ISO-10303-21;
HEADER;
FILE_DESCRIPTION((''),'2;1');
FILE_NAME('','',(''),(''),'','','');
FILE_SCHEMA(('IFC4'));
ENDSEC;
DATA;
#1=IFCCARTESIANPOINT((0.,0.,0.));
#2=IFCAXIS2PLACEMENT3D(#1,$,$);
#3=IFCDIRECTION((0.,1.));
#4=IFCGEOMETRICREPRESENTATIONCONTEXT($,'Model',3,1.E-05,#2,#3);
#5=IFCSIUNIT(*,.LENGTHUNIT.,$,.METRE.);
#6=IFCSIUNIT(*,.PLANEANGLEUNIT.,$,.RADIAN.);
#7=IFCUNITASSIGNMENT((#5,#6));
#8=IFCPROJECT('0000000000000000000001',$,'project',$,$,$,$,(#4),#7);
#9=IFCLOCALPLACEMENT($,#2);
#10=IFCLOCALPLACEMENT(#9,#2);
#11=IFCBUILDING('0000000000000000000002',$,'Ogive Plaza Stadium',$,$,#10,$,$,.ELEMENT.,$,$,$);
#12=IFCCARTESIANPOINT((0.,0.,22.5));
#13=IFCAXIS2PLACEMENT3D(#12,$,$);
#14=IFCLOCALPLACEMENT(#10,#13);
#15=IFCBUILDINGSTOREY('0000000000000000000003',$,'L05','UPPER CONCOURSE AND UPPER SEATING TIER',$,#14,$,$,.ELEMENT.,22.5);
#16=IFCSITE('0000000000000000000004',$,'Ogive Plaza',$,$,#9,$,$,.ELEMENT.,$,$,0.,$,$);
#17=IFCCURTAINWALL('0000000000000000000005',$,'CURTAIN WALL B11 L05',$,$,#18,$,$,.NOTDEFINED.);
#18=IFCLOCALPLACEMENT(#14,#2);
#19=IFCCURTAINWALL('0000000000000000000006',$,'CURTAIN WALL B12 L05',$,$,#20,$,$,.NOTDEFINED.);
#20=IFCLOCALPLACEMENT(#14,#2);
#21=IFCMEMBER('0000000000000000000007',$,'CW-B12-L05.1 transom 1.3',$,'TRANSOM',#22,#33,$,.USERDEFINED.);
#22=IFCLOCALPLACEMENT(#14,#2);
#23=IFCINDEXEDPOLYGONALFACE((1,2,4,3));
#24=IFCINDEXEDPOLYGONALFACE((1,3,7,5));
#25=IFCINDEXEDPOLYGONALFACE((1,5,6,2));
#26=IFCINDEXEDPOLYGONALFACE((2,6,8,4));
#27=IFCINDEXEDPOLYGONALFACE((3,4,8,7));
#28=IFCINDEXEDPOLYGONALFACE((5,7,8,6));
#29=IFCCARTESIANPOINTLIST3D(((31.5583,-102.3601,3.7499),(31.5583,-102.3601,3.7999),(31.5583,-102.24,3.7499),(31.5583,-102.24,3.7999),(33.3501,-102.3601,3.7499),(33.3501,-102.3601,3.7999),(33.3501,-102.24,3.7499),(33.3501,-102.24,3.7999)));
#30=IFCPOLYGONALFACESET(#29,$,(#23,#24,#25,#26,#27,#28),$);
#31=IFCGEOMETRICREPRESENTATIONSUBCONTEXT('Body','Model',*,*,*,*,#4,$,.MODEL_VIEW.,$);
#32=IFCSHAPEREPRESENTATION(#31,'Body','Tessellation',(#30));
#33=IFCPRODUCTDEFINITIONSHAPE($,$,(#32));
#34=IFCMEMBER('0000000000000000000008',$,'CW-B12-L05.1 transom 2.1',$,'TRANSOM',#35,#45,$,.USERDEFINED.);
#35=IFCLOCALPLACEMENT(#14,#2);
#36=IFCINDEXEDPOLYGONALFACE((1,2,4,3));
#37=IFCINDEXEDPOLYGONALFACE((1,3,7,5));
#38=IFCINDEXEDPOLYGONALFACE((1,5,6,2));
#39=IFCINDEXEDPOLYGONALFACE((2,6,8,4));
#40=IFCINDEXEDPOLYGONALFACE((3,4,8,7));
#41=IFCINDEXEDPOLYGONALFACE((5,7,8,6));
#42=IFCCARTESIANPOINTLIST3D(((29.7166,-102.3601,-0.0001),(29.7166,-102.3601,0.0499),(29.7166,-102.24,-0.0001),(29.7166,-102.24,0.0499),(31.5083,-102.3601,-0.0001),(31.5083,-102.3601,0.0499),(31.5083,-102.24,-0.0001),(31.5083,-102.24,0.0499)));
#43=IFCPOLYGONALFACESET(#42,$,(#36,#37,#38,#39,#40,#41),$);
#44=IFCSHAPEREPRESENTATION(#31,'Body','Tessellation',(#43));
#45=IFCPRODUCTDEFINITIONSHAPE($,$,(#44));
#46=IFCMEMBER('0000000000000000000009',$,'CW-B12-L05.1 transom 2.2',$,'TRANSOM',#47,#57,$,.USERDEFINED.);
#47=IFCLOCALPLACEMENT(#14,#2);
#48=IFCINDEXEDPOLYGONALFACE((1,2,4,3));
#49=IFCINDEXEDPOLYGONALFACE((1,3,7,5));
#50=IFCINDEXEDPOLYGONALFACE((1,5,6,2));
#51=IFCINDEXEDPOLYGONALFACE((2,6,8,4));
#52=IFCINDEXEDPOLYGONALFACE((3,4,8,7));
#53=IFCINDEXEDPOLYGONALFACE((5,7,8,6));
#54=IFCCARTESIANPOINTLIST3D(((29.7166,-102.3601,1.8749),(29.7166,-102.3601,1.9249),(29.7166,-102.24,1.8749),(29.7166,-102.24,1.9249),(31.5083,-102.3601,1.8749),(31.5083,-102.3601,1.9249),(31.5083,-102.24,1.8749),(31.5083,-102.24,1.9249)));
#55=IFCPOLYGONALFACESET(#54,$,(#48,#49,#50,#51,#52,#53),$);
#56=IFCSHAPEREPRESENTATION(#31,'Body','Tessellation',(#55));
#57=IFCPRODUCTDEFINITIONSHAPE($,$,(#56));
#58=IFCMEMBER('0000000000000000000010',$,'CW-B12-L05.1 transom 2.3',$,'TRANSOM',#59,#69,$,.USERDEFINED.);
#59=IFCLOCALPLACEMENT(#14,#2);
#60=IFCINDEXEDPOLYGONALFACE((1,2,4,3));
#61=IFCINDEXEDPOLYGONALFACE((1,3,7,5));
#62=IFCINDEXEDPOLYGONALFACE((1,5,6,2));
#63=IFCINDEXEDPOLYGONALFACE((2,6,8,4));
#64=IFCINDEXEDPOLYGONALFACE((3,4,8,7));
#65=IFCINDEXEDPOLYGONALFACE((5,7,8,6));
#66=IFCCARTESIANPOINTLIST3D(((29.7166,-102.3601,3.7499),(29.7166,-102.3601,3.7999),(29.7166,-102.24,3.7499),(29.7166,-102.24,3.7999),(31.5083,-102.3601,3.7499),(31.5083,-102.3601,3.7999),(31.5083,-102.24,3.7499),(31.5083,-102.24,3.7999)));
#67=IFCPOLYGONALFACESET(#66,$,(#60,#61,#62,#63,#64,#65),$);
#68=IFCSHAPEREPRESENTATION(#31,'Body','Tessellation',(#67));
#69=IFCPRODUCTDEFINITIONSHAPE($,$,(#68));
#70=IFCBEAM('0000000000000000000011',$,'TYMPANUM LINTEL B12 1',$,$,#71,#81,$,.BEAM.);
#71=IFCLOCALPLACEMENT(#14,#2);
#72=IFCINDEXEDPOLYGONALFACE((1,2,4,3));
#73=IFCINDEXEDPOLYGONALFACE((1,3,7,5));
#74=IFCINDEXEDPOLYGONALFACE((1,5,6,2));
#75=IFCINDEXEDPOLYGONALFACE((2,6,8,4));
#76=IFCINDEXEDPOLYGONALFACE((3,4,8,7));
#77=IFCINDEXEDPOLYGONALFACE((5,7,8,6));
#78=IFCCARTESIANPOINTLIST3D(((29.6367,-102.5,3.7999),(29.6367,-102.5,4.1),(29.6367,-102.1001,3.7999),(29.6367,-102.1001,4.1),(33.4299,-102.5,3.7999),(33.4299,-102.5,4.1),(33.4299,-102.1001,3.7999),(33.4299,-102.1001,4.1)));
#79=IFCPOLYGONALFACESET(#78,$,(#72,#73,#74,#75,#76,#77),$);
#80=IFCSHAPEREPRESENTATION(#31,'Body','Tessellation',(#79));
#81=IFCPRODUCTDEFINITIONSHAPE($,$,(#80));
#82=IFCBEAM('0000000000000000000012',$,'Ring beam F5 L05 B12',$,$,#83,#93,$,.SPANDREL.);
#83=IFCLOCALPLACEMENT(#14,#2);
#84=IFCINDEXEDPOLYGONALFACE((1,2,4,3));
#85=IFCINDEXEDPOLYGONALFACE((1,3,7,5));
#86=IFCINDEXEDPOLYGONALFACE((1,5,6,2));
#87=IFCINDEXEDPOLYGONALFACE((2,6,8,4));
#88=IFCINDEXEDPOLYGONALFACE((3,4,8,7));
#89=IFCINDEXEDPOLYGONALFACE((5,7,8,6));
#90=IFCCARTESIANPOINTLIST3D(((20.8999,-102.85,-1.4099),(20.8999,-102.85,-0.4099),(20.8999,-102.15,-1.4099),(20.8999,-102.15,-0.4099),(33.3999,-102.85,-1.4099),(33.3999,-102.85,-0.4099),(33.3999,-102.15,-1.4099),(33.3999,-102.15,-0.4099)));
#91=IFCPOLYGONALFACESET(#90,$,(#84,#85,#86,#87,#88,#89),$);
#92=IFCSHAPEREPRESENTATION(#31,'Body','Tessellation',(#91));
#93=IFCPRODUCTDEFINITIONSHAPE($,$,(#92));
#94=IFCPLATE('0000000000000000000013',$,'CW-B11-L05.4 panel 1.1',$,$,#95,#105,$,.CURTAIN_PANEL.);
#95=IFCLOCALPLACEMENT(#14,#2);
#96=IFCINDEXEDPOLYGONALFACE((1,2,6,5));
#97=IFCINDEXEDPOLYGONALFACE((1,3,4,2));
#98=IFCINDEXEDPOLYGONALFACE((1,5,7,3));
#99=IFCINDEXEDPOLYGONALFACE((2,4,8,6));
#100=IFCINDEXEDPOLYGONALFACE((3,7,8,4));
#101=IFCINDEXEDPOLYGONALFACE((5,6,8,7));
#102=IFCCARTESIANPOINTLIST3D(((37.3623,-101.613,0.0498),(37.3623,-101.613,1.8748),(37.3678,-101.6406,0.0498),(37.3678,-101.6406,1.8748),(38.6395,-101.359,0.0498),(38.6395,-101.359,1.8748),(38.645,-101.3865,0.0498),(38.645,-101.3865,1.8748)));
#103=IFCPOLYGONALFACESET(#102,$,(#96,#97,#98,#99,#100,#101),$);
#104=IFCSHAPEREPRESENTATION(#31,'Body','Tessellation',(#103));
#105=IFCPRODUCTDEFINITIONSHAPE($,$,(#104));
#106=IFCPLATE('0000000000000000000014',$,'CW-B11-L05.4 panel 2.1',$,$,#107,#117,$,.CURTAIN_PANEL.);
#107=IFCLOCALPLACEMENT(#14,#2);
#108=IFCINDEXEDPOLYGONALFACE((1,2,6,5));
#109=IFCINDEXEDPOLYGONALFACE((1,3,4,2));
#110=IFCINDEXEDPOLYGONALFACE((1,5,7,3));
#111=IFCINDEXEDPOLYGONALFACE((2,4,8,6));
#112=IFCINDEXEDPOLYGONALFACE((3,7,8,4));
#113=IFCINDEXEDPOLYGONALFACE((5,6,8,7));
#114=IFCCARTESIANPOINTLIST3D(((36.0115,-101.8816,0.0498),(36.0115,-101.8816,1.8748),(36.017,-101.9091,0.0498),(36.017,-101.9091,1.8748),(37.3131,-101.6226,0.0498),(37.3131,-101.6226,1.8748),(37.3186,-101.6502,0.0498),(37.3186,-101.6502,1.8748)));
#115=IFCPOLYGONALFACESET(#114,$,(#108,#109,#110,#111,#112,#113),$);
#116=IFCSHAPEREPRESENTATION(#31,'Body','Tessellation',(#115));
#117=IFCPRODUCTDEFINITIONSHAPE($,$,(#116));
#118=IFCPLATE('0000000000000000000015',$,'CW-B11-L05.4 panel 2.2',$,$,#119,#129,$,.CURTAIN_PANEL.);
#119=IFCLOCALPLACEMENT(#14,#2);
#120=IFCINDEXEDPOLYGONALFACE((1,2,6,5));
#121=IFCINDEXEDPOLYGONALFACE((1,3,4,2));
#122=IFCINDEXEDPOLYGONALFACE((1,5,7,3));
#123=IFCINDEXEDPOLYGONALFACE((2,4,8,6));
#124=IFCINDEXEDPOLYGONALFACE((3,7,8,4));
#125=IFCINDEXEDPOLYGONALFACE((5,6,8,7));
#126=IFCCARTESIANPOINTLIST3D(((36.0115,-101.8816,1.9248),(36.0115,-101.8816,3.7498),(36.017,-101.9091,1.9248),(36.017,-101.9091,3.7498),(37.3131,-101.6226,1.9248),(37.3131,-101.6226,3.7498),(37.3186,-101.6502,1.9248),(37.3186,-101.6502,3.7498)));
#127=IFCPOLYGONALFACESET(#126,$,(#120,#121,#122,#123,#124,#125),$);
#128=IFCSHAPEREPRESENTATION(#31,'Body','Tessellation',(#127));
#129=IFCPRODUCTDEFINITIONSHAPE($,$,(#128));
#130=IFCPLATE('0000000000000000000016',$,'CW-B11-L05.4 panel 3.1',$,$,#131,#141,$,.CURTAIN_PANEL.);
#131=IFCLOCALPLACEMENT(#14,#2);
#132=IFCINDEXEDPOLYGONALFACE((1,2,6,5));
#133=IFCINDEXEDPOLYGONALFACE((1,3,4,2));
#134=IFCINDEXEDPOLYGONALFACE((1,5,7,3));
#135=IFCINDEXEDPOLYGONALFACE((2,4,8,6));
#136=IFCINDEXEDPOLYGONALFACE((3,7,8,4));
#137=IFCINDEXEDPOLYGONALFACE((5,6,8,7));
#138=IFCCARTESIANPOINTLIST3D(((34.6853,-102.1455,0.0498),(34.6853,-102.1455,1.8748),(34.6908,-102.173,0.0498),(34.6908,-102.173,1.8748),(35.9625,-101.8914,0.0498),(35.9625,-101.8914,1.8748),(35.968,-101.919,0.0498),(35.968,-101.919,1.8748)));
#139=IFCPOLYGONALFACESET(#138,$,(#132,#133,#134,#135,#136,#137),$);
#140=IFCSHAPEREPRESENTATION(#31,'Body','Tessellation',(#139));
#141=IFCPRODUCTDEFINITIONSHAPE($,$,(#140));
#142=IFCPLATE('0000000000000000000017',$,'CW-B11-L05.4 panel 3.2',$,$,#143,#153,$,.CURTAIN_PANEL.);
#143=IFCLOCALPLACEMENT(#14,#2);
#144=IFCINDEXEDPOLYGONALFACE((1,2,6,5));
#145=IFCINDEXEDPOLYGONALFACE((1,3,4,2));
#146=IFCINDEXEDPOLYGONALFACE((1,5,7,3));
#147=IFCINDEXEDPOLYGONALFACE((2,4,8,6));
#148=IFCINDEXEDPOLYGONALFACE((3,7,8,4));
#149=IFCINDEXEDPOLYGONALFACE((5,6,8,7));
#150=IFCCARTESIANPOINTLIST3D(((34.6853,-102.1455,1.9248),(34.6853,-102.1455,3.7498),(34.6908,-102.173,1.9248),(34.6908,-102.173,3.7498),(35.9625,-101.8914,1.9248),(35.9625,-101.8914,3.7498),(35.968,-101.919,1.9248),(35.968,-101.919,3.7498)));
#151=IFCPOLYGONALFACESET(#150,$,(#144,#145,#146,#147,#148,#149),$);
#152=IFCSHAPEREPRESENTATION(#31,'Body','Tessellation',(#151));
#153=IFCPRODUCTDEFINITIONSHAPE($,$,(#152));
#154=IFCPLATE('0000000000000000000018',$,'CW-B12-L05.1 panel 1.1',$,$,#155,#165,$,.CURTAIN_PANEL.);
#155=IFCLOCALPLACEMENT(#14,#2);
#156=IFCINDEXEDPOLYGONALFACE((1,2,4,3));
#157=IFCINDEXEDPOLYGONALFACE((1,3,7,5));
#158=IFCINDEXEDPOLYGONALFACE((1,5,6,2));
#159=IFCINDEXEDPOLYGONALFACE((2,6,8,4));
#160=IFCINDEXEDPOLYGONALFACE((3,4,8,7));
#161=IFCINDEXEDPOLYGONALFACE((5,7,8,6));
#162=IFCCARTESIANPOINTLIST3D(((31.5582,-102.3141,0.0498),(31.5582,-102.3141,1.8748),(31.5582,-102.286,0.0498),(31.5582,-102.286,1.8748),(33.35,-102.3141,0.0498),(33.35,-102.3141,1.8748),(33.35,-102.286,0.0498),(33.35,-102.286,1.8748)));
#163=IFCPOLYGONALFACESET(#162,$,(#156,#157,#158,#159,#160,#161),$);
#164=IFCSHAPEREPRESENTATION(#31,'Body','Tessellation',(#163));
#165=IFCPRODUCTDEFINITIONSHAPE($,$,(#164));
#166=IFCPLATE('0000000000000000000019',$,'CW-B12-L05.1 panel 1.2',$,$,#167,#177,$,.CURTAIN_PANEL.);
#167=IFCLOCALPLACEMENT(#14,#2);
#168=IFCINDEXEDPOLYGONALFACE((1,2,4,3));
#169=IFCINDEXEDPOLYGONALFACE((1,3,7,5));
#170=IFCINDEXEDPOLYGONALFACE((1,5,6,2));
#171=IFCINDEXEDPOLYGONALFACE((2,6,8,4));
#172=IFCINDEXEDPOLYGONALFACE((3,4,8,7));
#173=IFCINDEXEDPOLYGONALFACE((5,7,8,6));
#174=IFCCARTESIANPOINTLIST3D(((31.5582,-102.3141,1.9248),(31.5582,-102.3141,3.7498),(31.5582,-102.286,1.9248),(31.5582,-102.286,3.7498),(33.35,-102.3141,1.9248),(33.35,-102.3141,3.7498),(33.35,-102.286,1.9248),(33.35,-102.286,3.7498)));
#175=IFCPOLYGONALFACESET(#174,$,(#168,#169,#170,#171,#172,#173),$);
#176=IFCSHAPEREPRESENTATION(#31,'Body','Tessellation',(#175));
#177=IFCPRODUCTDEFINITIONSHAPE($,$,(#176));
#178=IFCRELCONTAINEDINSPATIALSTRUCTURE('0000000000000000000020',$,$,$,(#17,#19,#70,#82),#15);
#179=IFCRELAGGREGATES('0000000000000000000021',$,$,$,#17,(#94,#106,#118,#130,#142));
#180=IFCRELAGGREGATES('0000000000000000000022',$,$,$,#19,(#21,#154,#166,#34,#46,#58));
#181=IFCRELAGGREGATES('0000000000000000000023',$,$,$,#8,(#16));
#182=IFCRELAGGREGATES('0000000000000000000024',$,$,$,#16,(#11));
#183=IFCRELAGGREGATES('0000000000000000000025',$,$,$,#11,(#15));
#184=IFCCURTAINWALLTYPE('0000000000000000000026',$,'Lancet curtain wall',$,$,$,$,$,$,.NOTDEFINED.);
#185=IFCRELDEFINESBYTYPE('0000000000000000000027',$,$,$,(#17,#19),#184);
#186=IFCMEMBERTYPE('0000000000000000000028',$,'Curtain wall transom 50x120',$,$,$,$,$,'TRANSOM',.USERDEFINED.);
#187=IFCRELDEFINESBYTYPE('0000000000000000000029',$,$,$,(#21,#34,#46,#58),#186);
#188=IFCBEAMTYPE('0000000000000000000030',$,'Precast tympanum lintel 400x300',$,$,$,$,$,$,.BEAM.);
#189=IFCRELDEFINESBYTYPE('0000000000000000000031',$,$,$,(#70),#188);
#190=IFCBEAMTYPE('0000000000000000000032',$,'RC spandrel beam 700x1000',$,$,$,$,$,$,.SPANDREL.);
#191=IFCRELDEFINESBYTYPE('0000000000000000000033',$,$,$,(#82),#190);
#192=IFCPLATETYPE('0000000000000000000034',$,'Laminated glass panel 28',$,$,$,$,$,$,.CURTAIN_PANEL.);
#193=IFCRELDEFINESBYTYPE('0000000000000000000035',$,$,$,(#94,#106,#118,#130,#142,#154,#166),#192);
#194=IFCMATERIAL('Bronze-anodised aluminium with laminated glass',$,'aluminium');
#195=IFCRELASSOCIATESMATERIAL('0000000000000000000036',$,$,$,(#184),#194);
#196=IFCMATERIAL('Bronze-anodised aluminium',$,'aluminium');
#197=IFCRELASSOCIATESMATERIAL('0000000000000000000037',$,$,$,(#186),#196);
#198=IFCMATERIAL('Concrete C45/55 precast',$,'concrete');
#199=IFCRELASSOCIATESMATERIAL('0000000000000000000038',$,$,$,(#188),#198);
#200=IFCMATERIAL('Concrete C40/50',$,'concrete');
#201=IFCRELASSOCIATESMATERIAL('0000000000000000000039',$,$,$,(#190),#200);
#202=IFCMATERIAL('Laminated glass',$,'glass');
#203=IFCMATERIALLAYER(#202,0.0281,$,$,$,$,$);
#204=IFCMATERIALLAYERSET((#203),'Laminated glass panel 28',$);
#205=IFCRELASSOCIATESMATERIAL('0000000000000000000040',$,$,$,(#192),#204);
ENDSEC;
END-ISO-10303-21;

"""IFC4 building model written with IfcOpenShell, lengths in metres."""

from ifc_helpers import new_model, si_unit, direction, frame, origin, origin_2d, place, context, subcontext, project, spatial, rectangle, extrude, material, layer, layer_set, material_profile, profile_set, type_object, element, aggregate, save


model = new_model("IFC4")

# Units and contexts
model_context = context("Model", 3, precision=1e-05, world=origin(), true_north=direction((0.0, 1.0)))
body_context = subcontext(model_context, "Body", "Model", "MODEL_VIEW")
ifc_project = project(units=[si_unit("LENGTHUNIT", "METRE"), si_unit("PLANEANGLEUNIT", "RADIAN")], contexts=[model_context])

# Site, building, storey
site_placement = place(None, origin())
site = spatial("IfcSite", under=ifc_project, at=site_placement, Name="Ogive Plaza", CompositionType="ELEMENT", RefElevation=0.0)
building_placement = place(site_placement, origin())
building = spatial("IfcBuilding", under=site, at=building_placement, Name="Ogive Plaza Stadium", CompositionType="ELEMENT")
storey_placement = place(building_placement, frame((0.0, 0.0, 22.5)))
storey = spatial("IfcBuildingStorey", under=building, at=storey_placement, Name="L05", Description="UPPER CONCOURSE AND UPPER SEATING TIER", CompositionType="ELEMENT", Elevation=22.5)

# Curtain walls
ifc_material_1 = material(Name="Bronze-anodised aluminium with laminated glass", Category="aluminium")
curtain_wall_type = type_object("IfcCurtainWallType", Name="Lancet curtain wall", PredefinedType="NOTDEFINED", material=ifc_material_1)
curtain_wall_1_placement = place(storey_placement, origin())
curtain_wall_1 = element("IfcCurtainWall", 1, at=curtain_wall_1_placement, inside=storey, type_object=curtain_wall_type, Name="CURTAIN WALL B11 L05", PredefinedType="NOTDEFINED")
curtain_wall_2_placement = place(storey_placement, origin())
curtain_wall_2 = element("IfcCurtainWall", 2, at=curtain_wall_2_placement, inside=storey, type_object=curtain_wall_type, Name="CURTAIN WALL B12 L05", PredefinedType="NOTDEFINED")

# Members
ifc_material_2 = material(Name="Bronze-anodised aluminium", Category="aluminium")
ifc_material_profile_1 = material_profile(ifc_material_2, rectangle(XDim=0.1201, YDim=0.05, at=origin_2d()), Name="AL 120x50")
ifc_profile_set_1 = profile_set([ifc_material_profile_1], Name="Bronze-anodised aluminium")
member_type_1 = type_object("IfcMemberType", Name="Curtain wall transom 50x120", ElementType="TRANSOM", PredefinedType="USERDEFINED", material=ifc_profile_set_1)
member_1_placement = place(storey_placement, frame((33.3501, -102.3, 3.7749), z_axis=(-1.0, 0.0, 0.0), x_axis=(0.0, -1.0, 0.0)))
member_1 = element("IfcMember", 3, at=member_1_placement, type_object=member_type_1, Name="CW-B12-L05.1 transom 1.3", ObjectType="TRANSOM", PredefinedType="USERDEFINED", context=body_context, shape_type="SweptSolid", body=[
    extrude(rectangle(XDim=0.1201, YDim=0.05, at=origin_2d()), origin(), (0.0, 0.0, 1.0), 1.7917),
])
member_2_placement = place(storey_placement, frame((31.5083, -102.3, 0.0249), z_axis=(-1.0, 0.0, 0.0), x_axis=(0.0, -1.0, 0.0)))
member_2 = element("IfcMember", 4, at=member_2_placement, type_object=member_type_1, Name="CW-B12-L05.1 transom 2.1", ObjectType="TRANSOM", PredefinedType="USERDEFINED", context=body_context, shape_type="SweptSolid", body=[
    extrude(rectangle(XDim=0.1201, YDim=0.05, at=origin_2d()), origin(), (0.0, 0.0, 1.0), 1.7917),
])
member_3_placement = place(storey_placement, frame((31.5083, -102.3, 1.8999), z_axis=(-1.0, 0.0, 0.0), x_axis=(0.0, -1.0, 0.0)))
member_3 = element("IfcMember", 5, at=member_3_placement, type_object=member_type_1, Name="CW-B12-L05.1 transom 2.2", ObjectType="TRANSOM", PredefinedType="USERDEFINED", context=body_context, shape_type="SweptSolid", body=[
    extrude(rectangle(XDim=0.1201, YDim=0.05, at=origin_2d()), origin(), (0.0, 0.0, 1.0), 1.7917),
])
member_4_placement = place(storey_placement, frame((31.5083, -102.3, 3.7749), z_axis=(-1.0, 0.0, 0.0), x_axis=(0.0, -1.0, 0.0)))
member_4 = element("IfcMember", 6, at=member_4_placement, type_object=member_type_1, Name="CW-B12-L05.1 transom 2.3", ObjectType="TRANSOM", PredefinedType="USERDEFINED", context=body_context, shape_type="SweptSolid", body=[
    extrude(rectangle(XDim=0.1201, YDim=0.05, at=origin_2d()), origin(), (0.0, 0.0, 1.0), 1.7917),
])

# Beams
ifc_material_3 = material(Name="Concrete C45/55 precast", Category="concrete")
ifc_material_profile_2 = material_profile(ifc_material_3, rectangle(XDim=0.3999, YDim=0.3, at=origin_2d()), Name="RC 400x300")
ifc_profile_set_2 = profile_set([ifc_material_profile_2], Name="Concrete C45/55 precast")
beam_type_1 = type_object("IfcBeamType", Name="Precast tympanum lintel 400x300", PredefinedType="BEAM", material=ifc_profile_set_2)
beam_1_placement = place(storey_placement, frame((33.4299, -102.3, 3.95), z_axis=(-1.0, 0.0, 0.0), x_axis=(0.0, -1.0, 0.0)))
element("IfcBeam", 7, at=beam_1_placement, inside=storey, type_object=beam_type_1, Name="TYMPANUM LINTEL B12 1", PredefinedType="BEAM", context=body_context, shape_type="SweptSolid", body=[
    extrude(rectangle(XDim=0.3999, YDim=0.3, at=origin_2d()), origin(), (0.0, 0.0, 1.0), 3.7932),
])
ifc_material_4 = material(Name="Concrete C40/50", Category="concrete")
ifc_material_profile_3 = material_profile(ifc_material_4, rectangle(XDim=0.7, YDim=1.0, at=origin_2d()), Name="RC 700x1000")
ifc_profile_set_3 = profile_set([ifc_material_profile_3], Name="Concrete C40/50")
beam_type_2 = type_object("IfcBeamType", Name="RC spandrel beam 700x1000", PredefinedType="SPANDREL", material=ifc_profile_set_3)
beam_2_placement = place(storey_placement, frame((33.3999, -102.5, -0.9099), z_axis=(-1.0, 0.0, 0.0), x_axis=(0.0, -1.0, 0.0)))
element("IfcBeam", 8, at=beam_2_placement, inside=storey, type_object=beam_type_2, Name="Ring beam F5 L05 B12", PredefinedType="SPANDREL", context=body_context, shape_type="SweptSolid", body=[
    extrude(rectangle(XDim=0.7, YDim=1.0, at=origin_2d()), origin(), (0.0, 0.0, 1.0), 12.5),
])

# Plates
ifc_material_5 = material(Name="Laminated glass", Category="glass")
ifc_layer_1 = layer(ifc_material_5, 0.0281)
ifc_layer_set_1 = layer_set([ifc_layer_1], Name="Laminated glass panel 28")
plate_type = type_object("IfcPlateType", Name="Laminated glass panel 28", PredefinedType="CURTAIN_PANEL", material=ifc_layer_set_1)
plate_1_placement = place(storey_placement, frame((38.0037, -101.4998, 0.0498), z_axis=(0.0, 0.0, 1.0), x_axis=(-0.980785, -0.19509, 0.0)))
plate_1 = element("IfcPlate", 9, at=plate_1_placement, type_object=plate_type, Name="CW-B11-L05.4 panel 1.1", PredefinedType="CURTAIN_PANEL", context=body_context, shape_type="SweptSolid", body=[
    extrude(rectangle(XDim=1.3022, YDim=0.0281, at=origin_2d()), origin(), (0.0, 0.0, 1.0), 1.825),
])
plate_2_placement = place(storey_placement, frame((36.665, -101.7659, 0.0498), z_axis=(0.0, 0.0, 1.0), x_axis=(-0.980785, -0.19509, 0.0)))
plate_2 = element("IfcPlate", 10, at=plate_2_placement, type_object=plate_type, Name="CW-B11-L05.4 panel 2.1", PredefinedType="CURTAIN_PANEL", context=body_context, shape_type="SweptSolid", body=[
    extrude(rectangle(XDim=1.3271, YDim=0.0281, at=origin_2d()), origin(), (0.0, 0.0, 1.0), 1.825),
])
plate_3_placement = place(storey_placement, frame((36.665, -101.7659, 1.9248), z_axis=(0.0, 0.0, 1.0), x_axis=(-0.980785, -0.19509, 0.0)))
plate_3 = element("IfcPlate", 11, at=plate_3_placement, type_object=plate_type, Name="CW-B11-L05.4 panel 2.2", PredefinedType="CURTAIN_PANEL", context=body_context, shape_type="SweptSolid", body=[
    extrude(rectangle(XDim=1.3271, YDim=0.0281, at=origin_2d()), origin(), (0.0, 0.0, 1.0), 1.825),
])
plate_4_placement = place(storey_placement, frame((35.3267, -102.0322, 0.0498), z_axis=(0.0, 0.0, 1.0), x_axis=(-0.980785, -0.19509, 0.0)))
plate_4 = element("IfcPlate", 12, at=plate_4_placement, type_object=plate_type, Name="CW-B11-L05.4 panel 3.1", PredefinedType="CURTAIN_PANEL", context=body_context, shape_type="SweptSolid", body=[
    extrude(rectangle(XDim=1.3022, YDim=0.0281, at=origin_2d()), origin(), (0.0, 0.0, 1.0), 1.825),
])
plate_5_placement = place(storey_placement, frame((35.3267, -102.0322, 1.9248), z_axis=(0.0, 0.0, 1.0), x_axis=(-0.980785, -0.19509, 0.0)))
plate_5 = element("IfcPlate", 13, at=plate_5_placement, type_object=plate_type, Name="CW-B11-L05.4 panel 3.2", PredefinedType="CURTAIN_PANEL", context=body_context, shape_type="SweptSolid", body=[
    extrude(rectangle(XDim=1.3022, YDim=0.0281, at=origin_2d()), origin(), (0.0, 0.0, 1.0), 1.825),
])
aggregate(curtain_wall_1, [plate_1, plate_2, plate_3, plate_4, plate_5])
plate_6_placement = place(storey_placement, frame((32.4541, -102.3, 0.0498), z_axis=(0.0, 0.0, 1.0), x_axis=(-1.0, 0.0, 0.0)))
plate_6 = element("IfcPlate", 14, at=plate_6_placement, type_object=plate_type, Name="CW-B12-L05.1 panel 1.1", PredefinedType="CURTAIN_PANEL", context=body_context, shape_type="SweptSolid", body=[
    extrude(rectangle(XDim=1.7917, YDim=0.0281, at=origin_2d()), origin(), (0.0, 0.0, 1.0), 1.825),
])
plate_7_placement = place(storey_placement, frame((32.4541, -102.3, 1.9248), z_axis=(0.0, 0.0, 1.0), x_axis=(-1.0, 0.0, 0.0)))
plate_7 = element("IfcPlate", 15, at=plate_7_placement, type_object=plate_type, Name="CW-B12-L05.1 panel 1.2", PredefinedType="CURTAIN_PANEL", context=body_context, shape_type="SweptSolid", body=[
    extrude(rectangle(XDim=1.7917, YDim=0.0281, at=origin_2d()), origin(), (0.0, 0.0, 1.0), 1.825),
])
aggregate(curtain_wall_2, [member_1, plate_6, plate_7, member_2, member_3, member_4])

save(model, "model.ifc")
